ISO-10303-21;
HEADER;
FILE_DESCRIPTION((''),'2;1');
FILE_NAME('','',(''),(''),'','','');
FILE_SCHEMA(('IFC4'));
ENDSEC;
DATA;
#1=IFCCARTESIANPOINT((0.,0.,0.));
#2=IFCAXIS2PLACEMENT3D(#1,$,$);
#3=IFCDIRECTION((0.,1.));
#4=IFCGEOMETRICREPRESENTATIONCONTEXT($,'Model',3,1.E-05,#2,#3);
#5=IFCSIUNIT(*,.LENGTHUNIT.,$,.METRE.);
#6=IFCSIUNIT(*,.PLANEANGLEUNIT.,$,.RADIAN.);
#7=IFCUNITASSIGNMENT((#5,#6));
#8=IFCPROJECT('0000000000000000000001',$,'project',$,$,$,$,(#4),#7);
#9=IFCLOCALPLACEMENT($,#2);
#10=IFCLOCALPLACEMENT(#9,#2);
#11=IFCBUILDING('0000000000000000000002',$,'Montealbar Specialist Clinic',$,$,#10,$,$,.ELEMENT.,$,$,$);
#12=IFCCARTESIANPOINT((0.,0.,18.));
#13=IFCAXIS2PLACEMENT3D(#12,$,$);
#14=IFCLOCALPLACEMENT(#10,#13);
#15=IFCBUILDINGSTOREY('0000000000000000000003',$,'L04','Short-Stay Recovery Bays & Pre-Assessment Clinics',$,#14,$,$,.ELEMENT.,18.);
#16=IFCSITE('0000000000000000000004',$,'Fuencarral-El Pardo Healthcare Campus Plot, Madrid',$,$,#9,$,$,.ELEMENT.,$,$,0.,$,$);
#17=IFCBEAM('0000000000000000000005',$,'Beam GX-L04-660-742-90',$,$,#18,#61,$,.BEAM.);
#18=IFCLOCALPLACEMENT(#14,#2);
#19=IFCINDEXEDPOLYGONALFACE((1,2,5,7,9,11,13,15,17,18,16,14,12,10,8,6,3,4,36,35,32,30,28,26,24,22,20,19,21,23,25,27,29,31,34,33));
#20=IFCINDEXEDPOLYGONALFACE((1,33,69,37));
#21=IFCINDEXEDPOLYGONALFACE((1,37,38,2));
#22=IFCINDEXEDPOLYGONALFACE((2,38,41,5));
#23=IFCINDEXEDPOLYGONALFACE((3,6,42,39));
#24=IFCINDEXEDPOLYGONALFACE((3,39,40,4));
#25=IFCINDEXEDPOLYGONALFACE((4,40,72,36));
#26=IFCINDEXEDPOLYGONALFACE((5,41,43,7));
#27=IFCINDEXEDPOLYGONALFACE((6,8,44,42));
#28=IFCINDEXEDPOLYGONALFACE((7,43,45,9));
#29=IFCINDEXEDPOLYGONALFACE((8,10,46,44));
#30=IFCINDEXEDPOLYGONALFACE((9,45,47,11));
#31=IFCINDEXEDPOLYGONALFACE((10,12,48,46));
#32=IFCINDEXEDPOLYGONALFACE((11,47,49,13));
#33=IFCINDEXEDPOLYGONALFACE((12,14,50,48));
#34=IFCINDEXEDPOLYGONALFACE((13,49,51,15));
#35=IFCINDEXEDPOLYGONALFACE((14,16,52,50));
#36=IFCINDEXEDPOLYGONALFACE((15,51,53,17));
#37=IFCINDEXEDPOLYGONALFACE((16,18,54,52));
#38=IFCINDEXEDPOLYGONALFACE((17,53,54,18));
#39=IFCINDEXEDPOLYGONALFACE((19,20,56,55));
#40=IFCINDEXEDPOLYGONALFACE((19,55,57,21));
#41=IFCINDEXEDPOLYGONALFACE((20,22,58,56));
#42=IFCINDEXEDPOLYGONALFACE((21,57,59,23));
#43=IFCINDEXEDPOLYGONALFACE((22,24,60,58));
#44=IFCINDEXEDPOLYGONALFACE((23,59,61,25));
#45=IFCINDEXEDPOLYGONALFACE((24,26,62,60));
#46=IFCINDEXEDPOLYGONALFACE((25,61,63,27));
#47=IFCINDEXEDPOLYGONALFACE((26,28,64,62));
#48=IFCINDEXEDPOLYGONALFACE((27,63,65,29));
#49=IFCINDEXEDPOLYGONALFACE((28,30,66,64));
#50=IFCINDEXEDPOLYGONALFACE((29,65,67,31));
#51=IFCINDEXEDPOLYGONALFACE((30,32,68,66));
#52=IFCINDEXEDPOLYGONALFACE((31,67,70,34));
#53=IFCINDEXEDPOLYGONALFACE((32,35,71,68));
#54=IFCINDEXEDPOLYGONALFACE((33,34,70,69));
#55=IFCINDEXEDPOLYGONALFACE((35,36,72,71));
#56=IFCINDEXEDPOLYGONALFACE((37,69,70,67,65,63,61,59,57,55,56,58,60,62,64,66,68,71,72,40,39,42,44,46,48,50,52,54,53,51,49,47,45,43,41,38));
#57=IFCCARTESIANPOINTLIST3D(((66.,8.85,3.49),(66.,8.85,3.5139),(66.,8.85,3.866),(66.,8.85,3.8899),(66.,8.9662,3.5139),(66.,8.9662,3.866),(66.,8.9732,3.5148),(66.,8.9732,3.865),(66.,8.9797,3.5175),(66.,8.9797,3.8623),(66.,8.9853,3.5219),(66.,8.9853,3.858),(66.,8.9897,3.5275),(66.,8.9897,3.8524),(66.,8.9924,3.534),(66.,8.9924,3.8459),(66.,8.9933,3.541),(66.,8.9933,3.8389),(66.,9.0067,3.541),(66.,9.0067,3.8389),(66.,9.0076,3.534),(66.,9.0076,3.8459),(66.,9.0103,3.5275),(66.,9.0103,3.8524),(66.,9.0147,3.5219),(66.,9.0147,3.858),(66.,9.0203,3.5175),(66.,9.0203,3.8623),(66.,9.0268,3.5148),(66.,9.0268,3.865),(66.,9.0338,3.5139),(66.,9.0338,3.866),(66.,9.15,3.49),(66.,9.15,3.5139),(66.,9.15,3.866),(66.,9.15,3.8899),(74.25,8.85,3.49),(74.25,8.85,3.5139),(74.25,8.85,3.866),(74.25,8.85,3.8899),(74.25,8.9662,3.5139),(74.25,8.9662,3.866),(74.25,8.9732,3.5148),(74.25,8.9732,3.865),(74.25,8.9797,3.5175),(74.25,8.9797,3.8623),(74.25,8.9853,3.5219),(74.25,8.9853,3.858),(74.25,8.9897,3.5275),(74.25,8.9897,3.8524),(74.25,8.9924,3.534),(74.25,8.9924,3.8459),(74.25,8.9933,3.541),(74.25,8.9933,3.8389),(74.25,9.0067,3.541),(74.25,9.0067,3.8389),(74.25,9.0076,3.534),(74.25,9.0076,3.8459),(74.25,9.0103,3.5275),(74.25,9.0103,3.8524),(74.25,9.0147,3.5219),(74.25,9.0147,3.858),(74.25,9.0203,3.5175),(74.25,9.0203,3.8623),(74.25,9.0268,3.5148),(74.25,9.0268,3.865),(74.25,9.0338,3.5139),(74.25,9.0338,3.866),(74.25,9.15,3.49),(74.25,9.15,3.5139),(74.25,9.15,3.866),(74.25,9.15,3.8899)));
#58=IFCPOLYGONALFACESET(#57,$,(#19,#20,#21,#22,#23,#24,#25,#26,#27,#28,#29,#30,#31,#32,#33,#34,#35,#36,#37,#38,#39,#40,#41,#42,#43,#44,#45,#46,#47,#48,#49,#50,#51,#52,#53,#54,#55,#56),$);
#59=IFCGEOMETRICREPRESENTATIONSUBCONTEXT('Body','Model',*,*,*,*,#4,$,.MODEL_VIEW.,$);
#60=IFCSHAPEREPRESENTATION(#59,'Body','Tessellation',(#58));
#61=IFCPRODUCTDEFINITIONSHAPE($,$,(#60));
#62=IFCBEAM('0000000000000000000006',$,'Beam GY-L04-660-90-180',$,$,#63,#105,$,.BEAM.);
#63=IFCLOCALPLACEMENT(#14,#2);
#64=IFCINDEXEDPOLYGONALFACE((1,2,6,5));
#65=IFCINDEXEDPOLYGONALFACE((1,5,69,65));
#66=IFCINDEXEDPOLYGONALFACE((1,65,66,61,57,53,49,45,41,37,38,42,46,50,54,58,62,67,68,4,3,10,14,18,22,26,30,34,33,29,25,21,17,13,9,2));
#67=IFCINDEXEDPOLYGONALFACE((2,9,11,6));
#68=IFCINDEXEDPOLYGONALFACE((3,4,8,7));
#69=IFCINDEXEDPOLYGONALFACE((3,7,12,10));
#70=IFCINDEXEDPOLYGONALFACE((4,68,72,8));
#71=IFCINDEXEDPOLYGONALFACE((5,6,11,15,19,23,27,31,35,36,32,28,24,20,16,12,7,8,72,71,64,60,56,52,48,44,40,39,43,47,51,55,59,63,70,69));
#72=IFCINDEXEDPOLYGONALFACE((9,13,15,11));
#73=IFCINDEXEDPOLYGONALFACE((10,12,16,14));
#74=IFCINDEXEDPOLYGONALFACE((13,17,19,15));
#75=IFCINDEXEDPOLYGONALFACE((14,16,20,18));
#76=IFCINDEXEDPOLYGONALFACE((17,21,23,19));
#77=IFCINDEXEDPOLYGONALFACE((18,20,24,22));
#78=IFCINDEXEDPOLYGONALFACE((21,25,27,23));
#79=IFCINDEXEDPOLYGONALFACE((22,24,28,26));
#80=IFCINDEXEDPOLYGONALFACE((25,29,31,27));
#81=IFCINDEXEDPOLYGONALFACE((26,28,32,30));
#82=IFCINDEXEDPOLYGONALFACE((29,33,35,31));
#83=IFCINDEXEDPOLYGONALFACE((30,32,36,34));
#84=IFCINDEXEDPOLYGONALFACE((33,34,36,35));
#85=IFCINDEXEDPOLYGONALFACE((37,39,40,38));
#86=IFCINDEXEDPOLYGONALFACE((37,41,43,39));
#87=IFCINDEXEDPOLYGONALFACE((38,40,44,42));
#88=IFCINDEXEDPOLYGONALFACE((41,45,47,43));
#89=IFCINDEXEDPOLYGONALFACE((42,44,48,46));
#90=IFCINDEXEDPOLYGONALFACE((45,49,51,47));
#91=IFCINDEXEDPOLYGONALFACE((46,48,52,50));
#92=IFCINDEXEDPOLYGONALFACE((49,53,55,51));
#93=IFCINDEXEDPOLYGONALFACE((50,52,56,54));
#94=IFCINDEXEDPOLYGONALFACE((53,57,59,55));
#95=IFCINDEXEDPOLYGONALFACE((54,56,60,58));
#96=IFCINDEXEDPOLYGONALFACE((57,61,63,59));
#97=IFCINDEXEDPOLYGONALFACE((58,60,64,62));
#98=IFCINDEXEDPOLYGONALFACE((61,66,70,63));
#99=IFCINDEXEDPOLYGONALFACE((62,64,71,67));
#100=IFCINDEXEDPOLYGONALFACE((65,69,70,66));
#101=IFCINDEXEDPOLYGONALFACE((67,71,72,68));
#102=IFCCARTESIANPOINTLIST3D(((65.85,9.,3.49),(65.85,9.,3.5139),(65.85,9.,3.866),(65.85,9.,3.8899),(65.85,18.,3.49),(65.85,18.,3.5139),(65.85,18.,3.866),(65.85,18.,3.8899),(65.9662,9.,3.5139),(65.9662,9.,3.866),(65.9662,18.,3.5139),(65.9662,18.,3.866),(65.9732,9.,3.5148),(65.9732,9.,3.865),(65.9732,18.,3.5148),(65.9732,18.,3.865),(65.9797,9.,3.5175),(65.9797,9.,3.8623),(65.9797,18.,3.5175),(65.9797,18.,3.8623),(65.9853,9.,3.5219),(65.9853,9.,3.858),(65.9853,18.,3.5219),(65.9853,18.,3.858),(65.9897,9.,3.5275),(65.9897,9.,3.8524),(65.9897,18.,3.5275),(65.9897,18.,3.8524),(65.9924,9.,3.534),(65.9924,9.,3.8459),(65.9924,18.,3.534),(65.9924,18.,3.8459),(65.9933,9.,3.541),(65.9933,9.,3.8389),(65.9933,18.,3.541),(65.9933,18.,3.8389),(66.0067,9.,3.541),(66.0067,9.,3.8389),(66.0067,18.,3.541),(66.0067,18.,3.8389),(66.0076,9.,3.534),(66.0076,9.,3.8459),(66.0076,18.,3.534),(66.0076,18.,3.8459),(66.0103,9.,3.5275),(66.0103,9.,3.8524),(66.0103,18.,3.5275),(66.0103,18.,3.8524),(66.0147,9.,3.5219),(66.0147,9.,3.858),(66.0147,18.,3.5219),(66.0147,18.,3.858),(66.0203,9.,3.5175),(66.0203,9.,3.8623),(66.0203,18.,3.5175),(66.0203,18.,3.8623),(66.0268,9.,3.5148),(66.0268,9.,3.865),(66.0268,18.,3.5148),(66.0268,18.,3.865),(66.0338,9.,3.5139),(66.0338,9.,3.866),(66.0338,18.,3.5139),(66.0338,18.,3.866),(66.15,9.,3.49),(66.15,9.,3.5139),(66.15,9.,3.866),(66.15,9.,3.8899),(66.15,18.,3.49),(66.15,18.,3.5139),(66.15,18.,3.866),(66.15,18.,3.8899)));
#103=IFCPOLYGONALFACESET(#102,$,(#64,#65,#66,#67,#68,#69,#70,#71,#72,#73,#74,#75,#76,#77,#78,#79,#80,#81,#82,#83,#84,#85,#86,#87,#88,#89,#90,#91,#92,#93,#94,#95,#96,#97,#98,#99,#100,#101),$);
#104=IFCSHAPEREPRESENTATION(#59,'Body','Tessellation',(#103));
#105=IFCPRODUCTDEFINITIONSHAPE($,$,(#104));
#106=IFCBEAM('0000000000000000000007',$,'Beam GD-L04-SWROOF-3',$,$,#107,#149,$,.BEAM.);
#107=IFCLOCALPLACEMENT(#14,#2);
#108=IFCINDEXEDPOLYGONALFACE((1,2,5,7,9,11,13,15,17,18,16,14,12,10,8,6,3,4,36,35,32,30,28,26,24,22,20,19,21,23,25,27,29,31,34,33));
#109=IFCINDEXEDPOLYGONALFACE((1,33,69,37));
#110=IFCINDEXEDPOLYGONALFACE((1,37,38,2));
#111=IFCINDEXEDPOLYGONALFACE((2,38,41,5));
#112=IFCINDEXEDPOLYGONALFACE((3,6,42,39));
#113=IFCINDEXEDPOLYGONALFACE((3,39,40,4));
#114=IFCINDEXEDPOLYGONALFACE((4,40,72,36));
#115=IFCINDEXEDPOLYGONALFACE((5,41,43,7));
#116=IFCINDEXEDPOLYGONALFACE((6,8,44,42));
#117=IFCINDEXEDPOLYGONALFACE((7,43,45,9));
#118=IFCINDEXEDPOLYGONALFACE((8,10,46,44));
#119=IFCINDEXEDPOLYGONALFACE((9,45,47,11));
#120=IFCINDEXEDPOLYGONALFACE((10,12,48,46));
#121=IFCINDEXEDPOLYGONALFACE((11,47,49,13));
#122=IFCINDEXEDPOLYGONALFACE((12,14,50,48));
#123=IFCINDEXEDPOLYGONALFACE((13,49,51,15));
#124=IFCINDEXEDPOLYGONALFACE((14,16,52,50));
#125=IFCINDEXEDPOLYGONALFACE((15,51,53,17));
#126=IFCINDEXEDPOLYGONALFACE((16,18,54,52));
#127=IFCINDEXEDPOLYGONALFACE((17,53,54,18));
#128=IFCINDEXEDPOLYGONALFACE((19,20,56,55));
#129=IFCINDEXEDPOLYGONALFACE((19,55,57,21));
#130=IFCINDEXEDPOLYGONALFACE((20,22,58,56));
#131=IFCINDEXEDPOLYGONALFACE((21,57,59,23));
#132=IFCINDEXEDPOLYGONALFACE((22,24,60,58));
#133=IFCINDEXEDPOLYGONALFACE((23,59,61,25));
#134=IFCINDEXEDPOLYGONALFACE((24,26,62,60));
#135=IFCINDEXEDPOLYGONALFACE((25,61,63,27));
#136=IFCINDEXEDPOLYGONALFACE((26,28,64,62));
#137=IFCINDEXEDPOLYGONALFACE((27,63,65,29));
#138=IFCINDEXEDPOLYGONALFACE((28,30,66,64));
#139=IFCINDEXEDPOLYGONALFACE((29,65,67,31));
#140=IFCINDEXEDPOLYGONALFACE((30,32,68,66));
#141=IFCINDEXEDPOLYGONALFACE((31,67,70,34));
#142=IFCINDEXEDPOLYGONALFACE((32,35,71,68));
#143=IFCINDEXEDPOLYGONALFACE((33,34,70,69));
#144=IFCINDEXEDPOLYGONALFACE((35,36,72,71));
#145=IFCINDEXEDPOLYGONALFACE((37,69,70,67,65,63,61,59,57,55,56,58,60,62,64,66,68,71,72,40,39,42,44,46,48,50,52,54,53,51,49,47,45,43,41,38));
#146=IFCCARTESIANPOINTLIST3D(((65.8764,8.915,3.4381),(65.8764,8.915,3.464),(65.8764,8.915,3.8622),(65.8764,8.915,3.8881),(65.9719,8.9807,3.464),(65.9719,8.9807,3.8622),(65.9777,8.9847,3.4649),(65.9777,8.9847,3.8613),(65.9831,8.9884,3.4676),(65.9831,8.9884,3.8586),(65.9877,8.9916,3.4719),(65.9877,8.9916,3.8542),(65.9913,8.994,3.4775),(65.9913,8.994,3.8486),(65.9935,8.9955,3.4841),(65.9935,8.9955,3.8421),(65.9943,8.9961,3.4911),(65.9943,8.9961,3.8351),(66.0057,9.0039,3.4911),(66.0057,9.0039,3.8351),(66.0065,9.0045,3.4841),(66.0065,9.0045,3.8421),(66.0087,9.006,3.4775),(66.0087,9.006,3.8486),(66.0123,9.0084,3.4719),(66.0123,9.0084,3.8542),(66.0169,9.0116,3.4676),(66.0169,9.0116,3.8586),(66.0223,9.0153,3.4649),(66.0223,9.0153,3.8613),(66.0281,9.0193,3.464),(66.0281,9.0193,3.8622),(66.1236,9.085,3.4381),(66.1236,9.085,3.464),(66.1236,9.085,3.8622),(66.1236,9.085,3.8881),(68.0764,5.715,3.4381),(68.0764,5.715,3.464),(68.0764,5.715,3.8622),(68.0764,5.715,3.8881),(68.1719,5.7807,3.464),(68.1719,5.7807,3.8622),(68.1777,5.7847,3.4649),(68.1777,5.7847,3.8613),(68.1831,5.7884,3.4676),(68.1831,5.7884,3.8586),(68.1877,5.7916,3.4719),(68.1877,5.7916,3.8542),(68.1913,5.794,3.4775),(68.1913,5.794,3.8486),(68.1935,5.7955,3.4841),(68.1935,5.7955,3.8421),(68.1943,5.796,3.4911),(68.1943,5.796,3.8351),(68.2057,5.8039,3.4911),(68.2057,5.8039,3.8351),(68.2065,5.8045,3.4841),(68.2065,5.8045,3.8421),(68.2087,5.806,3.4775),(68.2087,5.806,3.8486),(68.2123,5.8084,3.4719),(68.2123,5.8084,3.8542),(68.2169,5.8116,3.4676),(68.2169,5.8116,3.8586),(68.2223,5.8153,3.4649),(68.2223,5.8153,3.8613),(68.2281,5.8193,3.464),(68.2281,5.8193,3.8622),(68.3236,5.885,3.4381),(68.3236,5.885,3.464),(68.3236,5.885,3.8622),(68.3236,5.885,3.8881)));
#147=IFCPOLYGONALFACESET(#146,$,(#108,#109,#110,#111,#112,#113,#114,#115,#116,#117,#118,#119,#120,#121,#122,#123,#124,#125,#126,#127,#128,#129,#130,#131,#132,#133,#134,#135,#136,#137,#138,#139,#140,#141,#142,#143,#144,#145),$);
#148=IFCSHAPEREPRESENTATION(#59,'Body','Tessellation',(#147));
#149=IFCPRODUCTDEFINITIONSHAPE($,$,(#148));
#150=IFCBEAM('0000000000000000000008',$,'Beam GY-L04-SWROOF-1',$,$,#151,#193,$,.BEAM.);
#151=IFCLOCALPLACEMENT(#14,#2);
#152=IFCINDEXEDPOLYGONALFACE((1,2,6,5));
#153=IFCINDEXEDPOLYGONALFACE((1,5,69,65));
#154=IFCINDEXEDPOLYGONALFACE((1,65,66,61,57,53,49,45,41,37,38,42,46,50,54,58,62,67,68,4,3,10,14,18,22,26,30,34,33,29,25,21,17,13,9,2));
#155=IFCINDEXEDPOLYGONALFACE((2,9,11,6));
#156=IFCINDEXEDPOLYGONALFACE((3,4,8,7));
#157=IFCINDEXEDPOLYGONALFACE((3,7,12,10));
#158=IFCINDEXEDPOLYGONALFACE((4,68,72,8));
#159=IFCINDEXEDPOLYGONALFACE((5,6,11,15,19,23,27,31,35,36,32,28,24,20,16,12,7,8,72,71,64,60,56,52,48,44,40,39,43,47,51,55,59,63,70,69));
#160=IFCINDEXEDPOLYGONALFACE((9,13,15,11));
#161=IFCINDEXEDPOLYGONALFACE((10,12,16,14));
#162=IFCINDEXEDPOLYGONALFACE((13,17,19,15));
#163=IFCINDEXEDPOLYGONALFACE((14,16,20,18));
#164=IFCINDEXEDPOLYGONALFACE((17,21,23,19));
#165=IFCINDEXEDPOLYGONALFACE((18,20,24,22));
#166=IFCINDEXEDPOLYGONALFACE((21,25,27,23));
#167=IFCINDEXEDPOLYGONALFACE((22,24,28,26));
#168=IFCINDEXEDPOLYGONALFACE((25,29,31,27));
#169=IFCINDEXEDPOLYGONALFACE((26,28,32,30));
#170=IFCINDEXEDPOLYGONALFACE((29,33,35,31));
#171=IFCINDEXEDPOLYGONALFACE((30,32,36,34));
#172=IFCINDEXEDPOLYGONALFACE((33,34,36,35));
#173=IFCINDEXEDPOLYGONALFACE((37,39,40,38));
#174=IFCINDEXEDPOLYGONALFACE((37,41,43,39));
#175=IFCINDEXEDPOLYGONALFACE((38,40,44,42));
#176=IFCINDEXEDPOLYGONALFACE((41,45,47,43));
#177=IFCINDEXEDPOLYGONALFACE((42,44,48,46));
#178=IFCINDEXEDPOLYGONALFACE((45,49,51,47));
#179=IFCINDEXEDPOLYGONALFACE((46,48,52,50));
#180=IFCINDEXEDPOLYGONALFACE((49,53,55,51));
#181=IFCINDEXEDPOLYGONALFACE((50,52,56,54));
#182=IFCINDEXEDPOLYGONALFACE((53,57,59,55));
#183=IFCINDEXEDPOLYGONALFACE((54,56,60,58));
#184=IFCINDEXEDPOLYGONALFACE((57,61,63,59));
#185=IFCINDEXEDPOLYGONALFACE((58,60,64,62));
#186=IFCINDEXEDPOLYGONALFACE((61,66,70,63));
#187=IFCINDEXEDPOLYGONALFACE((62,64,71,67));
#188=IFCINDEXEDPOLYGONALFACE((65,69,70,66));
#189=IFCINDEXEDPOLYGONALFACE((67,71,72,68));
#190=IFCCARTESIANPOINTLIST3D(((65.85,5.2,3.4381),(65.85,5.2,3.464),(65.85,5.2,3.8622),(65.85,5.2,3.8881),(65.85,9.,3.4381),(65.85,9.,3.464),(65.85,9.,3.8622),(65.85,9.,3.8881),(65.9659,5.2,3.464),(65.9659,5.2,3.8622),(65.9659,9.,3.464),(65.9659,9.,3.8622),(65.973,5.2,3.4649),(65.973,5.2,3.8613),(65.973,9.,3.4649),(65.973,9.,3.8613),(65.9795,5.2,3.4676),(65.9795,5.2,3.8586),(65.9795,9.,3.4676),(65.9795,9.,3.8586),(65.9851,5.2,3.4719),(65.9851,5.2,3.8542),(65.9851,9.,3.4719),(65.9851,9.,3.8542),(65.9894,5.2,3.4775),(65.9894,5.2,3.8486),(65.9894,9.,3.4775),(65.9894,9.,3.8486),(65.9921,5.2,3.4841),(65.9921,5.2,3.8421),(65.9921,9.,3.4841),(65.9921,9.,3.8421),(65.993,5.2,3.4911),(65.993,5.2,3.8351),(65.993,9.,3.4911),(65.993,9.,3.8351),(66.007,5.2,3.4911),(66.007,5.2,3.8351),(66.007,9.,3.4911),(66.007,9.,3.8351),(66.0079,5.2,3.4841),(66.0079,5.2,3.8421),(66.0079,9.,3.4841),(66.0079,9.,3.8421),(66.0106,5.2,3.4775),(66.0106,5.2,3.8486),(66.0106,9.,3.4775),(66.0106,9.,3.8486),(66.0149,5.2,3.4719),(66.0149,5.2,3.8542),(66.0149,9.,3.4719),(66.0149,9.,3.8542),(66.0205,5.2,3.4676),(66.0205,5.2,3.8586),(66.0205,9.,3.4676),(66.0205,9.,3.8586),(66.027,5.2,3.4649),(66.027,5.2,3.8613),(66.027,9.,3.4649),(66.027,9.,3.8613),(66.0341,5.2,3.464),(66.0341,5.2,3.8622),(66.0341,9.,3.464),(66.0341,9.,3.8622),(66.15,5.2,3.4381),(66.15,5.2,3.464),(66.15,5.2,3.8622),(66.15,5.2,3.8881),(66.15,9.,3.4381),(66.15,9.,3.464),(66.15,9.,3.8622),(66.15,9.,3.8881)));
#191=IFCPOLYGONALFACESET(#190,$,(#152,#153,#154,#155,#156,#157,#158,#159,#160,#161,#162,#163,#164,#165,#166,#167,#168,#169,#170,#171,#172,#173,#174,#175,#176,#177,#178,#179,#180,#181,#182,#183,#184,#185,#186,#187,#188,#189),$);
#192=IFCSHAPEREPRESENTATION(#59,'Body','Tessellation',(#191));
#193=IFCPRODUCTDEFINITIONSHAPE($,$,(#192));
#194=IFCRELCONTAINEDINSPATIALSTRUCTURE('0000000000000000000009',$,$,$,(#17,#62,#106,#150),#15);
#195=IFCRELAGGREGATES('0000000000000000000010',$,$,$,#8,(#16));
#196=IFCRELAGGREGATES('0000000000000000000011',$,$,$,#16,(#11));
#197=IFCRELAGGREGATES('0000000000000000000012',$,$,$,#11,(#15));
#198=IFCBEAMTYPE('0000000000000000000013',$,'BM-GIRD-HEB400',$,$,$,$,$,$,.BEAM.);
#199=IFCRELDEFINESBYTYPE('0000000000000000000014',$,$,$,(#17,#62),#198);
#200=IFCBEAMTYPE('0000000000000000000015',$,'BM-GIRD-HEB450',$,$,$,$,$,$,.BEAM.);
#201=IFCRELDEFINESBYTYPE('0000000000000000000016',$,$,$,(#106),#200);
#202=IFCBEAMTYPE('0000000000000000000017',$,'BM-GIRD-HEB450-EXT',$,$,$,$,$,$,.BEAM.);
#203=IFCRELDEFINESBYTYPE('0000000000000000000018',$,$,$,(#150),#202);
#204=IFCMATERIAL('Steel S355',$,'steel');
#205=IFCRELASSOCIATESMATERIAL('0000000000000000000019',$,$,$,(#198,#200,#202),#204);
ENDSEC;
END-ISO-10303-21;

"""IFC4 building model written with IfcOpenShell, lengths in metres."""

from ifc_helpers import new_model, si_unit, direction, frame, origin, origin_2d, place, context, subcontext, project, spatial, i_section, extrude, material, material_profile, profile_set, type_object, element, save


model = new_model("IFC4")

# Units and contexts
model_context = context("Model", 3, precision=1e-05, world=origin(), true_north=direction((0.0, 1.0)))
body_context = subcontext(model_context, "Body", "Model", "MODEL_VIEW")
ifc_project = project(units=[si_unit("LENGTHUNIT", "METRE"), si_unit("PLANEANGLEUNIT", "RADIAN")], contexts=[model_context])

# Site, building, storey
site_placement = place(None, origin())
site = spatial("IfcSite", under=ifc_project, at=site_placement, Name="Fuencarral-El Pardo Healthcare Campus Plot, Madrid", CompositionType="ELEMENT", RefElevation=0.0)
building_placement = place(site_placement, origin())
building = spatial("IfcBuilding", under=site, at=building_placement, Name="Montealbar Specialist Clinic", CompositionType="ELEMENT")
storey_placement = place(building_placement, frame((0.0, 0.0, 18.0)))
storey = spatial("IfcBuildingStorey", under=building, at=storey_placement, Name="L04", Description="Short-Stay Recovery Bays & Pre-Assessment Clinics", CompositionType="ELEMENT", Elevation=18.0)

# Shared definitions
ifc_material_1 = material(Name="Steel S355", Category="steel")

# Beams
ifc_material_profile_1 = material_profile(ifc_material_1, i_section(OverallWidth=0.3, OverallDepth=0.3999, WebThickness=0.0134, FlangeThickness=0.0239, FilletRadius=0.0271, at=origin_2d()), Name="HEB 400", Category="steel")
ifc_profile_set_1 = profile_set([ifc_material_profile_1], Name="Steel S355")
beam_type_1 = type_object("IfcBeamType", Name="BM-GIRD-HEB400", PredefinedType="BEAM", material=ifc_profile_set_1)
beam_1_placement = place(storey_placement, frame((66.0, 9.0, 3.6899), z_axis=(1.0, 0.0, 0.0), x_axis=(0.0, 1.0, 0.0)))
element("IfcBeam", 1, at=beam_1_placement, inside=storey, type_object=beam_type_1, Name="Beam GX-L04-660-742-90", PredefinedType="BEAM", context=body_context, shape_type="SweptSolid", body=[
    extrude(i_section(OverallWidth=0.3, OverallDepth=0.3999, WebThickness=0.0134, FlangeThickness=0.0239, FilletRadius=0.0271, at=origin_2d()), origin(), (0.0, 0.0, 1.0), 8.25),
])
beam_2_placement = place(storey_placement, frame((66.0, 9.0, 3.6899), z_axis=(0.0, 1.0, 0.0), x_axis=(-1.0, 0.0, 0.0)))
element("IfcBeam", 2, at=beam_2_placement, inside=storey, type_object=beam_type_1, Name="Beam GY-L04-660-90-180", PredefinedType="BEAM", context=body_context, shape_type="SweptSolid", body=[
    extrude(i_section(OverallWidth=0.3, OverallDepth=0.3999, WebThickness=0.0134, FlangeThickness=0.0239, FilletRadius=0.0271, at=origin_2d()), origin(), (0.0, 0.0, 1.0), 9.0),
])
ifc_material_profile_2 = material_profile(ifc_material_1, i_section(OverallWidth=0.3, OverallDepth=0.45, WebThickness=0.0139, FlangeThickness=0.0259, FilletRadius=0.0271, at=origin_2d()), Name="HEB 450", Category="steel")
ifc_profile_set_2 = profile_set([ifc_material_profile_2], Name="Steel S355")
beam_type_2 = type_object("IfcBeamType", Name="BM-GIRD-HEB450", PredefinedType="BEAM", material=ifc_profile_set_2)
beam_3_placement = place(storey_placement, frame((66.0, 9.0, 3.6631), z_axis=(0.566526, -0.824044, 0.0), x_axis=(0.824044, 0.566526, 0.0)))
element("IfcBeam", 3, at=beam_3_placement, inside=storey, type_object=beam_type_2, Name="Beam GD-L04-SWROOF-3", PredefinedType="BEAM", context=body_context, shape_type="SweptSolid", body=[
    extrude(i_section(OverallWidth=0.3, OverallDepth=0.45, WebThickness=0.0139, FlangeThickness=0.0259, FilletRadius=0.0271, at=origin_2d()), origin(), (0.0, 0.0, 1.0), 3.8833),
])
ifc_material_profile_3 = material_profile(ifc_material_1, i_section(OverallWidth=0.3, OverallDepth=0.45, WebThickness=0.0139, FlangeThickness=0.0259, FilletRadius=0.0271, at=origin_2d()), Name="HEB 450", Category="steel")
ifc_profile_set_3 = profile_set([ifc_material_profile_3], Name="Steel S355")
beam_type_3 = type_object("IfcBeamType", Name="BM-GIRD-HEB450-EXT", PredefinedType="BEAM", material=ifc_profile_set_3)
beam_4_placement = place(storey_placement, frame((66.0, 9.0, 3.6631), z_axis=(0.0, -1.0, 0.0), x_axis=(1.0, 0.0, 0.0)))
element("IfcBeam", 4, at=beam_4_placement, inside=storey, type_object=beam_type_3, Name="Beam GY-L04-SWROOF-1", PredefinedType="BEAM", context=body_context, shape_type="SweptSolid", body=[
    extrude(i_section(OverallWidth=0.3, OverallDepth=0.45, WebThickness=0.0139, FlangeThickness=0.0259, FilletRadius=0.0271, at=origin_2d()), origin(), (0.0, 0.0, 1.0), 3.8),
])

save(model, "model.ifc")
